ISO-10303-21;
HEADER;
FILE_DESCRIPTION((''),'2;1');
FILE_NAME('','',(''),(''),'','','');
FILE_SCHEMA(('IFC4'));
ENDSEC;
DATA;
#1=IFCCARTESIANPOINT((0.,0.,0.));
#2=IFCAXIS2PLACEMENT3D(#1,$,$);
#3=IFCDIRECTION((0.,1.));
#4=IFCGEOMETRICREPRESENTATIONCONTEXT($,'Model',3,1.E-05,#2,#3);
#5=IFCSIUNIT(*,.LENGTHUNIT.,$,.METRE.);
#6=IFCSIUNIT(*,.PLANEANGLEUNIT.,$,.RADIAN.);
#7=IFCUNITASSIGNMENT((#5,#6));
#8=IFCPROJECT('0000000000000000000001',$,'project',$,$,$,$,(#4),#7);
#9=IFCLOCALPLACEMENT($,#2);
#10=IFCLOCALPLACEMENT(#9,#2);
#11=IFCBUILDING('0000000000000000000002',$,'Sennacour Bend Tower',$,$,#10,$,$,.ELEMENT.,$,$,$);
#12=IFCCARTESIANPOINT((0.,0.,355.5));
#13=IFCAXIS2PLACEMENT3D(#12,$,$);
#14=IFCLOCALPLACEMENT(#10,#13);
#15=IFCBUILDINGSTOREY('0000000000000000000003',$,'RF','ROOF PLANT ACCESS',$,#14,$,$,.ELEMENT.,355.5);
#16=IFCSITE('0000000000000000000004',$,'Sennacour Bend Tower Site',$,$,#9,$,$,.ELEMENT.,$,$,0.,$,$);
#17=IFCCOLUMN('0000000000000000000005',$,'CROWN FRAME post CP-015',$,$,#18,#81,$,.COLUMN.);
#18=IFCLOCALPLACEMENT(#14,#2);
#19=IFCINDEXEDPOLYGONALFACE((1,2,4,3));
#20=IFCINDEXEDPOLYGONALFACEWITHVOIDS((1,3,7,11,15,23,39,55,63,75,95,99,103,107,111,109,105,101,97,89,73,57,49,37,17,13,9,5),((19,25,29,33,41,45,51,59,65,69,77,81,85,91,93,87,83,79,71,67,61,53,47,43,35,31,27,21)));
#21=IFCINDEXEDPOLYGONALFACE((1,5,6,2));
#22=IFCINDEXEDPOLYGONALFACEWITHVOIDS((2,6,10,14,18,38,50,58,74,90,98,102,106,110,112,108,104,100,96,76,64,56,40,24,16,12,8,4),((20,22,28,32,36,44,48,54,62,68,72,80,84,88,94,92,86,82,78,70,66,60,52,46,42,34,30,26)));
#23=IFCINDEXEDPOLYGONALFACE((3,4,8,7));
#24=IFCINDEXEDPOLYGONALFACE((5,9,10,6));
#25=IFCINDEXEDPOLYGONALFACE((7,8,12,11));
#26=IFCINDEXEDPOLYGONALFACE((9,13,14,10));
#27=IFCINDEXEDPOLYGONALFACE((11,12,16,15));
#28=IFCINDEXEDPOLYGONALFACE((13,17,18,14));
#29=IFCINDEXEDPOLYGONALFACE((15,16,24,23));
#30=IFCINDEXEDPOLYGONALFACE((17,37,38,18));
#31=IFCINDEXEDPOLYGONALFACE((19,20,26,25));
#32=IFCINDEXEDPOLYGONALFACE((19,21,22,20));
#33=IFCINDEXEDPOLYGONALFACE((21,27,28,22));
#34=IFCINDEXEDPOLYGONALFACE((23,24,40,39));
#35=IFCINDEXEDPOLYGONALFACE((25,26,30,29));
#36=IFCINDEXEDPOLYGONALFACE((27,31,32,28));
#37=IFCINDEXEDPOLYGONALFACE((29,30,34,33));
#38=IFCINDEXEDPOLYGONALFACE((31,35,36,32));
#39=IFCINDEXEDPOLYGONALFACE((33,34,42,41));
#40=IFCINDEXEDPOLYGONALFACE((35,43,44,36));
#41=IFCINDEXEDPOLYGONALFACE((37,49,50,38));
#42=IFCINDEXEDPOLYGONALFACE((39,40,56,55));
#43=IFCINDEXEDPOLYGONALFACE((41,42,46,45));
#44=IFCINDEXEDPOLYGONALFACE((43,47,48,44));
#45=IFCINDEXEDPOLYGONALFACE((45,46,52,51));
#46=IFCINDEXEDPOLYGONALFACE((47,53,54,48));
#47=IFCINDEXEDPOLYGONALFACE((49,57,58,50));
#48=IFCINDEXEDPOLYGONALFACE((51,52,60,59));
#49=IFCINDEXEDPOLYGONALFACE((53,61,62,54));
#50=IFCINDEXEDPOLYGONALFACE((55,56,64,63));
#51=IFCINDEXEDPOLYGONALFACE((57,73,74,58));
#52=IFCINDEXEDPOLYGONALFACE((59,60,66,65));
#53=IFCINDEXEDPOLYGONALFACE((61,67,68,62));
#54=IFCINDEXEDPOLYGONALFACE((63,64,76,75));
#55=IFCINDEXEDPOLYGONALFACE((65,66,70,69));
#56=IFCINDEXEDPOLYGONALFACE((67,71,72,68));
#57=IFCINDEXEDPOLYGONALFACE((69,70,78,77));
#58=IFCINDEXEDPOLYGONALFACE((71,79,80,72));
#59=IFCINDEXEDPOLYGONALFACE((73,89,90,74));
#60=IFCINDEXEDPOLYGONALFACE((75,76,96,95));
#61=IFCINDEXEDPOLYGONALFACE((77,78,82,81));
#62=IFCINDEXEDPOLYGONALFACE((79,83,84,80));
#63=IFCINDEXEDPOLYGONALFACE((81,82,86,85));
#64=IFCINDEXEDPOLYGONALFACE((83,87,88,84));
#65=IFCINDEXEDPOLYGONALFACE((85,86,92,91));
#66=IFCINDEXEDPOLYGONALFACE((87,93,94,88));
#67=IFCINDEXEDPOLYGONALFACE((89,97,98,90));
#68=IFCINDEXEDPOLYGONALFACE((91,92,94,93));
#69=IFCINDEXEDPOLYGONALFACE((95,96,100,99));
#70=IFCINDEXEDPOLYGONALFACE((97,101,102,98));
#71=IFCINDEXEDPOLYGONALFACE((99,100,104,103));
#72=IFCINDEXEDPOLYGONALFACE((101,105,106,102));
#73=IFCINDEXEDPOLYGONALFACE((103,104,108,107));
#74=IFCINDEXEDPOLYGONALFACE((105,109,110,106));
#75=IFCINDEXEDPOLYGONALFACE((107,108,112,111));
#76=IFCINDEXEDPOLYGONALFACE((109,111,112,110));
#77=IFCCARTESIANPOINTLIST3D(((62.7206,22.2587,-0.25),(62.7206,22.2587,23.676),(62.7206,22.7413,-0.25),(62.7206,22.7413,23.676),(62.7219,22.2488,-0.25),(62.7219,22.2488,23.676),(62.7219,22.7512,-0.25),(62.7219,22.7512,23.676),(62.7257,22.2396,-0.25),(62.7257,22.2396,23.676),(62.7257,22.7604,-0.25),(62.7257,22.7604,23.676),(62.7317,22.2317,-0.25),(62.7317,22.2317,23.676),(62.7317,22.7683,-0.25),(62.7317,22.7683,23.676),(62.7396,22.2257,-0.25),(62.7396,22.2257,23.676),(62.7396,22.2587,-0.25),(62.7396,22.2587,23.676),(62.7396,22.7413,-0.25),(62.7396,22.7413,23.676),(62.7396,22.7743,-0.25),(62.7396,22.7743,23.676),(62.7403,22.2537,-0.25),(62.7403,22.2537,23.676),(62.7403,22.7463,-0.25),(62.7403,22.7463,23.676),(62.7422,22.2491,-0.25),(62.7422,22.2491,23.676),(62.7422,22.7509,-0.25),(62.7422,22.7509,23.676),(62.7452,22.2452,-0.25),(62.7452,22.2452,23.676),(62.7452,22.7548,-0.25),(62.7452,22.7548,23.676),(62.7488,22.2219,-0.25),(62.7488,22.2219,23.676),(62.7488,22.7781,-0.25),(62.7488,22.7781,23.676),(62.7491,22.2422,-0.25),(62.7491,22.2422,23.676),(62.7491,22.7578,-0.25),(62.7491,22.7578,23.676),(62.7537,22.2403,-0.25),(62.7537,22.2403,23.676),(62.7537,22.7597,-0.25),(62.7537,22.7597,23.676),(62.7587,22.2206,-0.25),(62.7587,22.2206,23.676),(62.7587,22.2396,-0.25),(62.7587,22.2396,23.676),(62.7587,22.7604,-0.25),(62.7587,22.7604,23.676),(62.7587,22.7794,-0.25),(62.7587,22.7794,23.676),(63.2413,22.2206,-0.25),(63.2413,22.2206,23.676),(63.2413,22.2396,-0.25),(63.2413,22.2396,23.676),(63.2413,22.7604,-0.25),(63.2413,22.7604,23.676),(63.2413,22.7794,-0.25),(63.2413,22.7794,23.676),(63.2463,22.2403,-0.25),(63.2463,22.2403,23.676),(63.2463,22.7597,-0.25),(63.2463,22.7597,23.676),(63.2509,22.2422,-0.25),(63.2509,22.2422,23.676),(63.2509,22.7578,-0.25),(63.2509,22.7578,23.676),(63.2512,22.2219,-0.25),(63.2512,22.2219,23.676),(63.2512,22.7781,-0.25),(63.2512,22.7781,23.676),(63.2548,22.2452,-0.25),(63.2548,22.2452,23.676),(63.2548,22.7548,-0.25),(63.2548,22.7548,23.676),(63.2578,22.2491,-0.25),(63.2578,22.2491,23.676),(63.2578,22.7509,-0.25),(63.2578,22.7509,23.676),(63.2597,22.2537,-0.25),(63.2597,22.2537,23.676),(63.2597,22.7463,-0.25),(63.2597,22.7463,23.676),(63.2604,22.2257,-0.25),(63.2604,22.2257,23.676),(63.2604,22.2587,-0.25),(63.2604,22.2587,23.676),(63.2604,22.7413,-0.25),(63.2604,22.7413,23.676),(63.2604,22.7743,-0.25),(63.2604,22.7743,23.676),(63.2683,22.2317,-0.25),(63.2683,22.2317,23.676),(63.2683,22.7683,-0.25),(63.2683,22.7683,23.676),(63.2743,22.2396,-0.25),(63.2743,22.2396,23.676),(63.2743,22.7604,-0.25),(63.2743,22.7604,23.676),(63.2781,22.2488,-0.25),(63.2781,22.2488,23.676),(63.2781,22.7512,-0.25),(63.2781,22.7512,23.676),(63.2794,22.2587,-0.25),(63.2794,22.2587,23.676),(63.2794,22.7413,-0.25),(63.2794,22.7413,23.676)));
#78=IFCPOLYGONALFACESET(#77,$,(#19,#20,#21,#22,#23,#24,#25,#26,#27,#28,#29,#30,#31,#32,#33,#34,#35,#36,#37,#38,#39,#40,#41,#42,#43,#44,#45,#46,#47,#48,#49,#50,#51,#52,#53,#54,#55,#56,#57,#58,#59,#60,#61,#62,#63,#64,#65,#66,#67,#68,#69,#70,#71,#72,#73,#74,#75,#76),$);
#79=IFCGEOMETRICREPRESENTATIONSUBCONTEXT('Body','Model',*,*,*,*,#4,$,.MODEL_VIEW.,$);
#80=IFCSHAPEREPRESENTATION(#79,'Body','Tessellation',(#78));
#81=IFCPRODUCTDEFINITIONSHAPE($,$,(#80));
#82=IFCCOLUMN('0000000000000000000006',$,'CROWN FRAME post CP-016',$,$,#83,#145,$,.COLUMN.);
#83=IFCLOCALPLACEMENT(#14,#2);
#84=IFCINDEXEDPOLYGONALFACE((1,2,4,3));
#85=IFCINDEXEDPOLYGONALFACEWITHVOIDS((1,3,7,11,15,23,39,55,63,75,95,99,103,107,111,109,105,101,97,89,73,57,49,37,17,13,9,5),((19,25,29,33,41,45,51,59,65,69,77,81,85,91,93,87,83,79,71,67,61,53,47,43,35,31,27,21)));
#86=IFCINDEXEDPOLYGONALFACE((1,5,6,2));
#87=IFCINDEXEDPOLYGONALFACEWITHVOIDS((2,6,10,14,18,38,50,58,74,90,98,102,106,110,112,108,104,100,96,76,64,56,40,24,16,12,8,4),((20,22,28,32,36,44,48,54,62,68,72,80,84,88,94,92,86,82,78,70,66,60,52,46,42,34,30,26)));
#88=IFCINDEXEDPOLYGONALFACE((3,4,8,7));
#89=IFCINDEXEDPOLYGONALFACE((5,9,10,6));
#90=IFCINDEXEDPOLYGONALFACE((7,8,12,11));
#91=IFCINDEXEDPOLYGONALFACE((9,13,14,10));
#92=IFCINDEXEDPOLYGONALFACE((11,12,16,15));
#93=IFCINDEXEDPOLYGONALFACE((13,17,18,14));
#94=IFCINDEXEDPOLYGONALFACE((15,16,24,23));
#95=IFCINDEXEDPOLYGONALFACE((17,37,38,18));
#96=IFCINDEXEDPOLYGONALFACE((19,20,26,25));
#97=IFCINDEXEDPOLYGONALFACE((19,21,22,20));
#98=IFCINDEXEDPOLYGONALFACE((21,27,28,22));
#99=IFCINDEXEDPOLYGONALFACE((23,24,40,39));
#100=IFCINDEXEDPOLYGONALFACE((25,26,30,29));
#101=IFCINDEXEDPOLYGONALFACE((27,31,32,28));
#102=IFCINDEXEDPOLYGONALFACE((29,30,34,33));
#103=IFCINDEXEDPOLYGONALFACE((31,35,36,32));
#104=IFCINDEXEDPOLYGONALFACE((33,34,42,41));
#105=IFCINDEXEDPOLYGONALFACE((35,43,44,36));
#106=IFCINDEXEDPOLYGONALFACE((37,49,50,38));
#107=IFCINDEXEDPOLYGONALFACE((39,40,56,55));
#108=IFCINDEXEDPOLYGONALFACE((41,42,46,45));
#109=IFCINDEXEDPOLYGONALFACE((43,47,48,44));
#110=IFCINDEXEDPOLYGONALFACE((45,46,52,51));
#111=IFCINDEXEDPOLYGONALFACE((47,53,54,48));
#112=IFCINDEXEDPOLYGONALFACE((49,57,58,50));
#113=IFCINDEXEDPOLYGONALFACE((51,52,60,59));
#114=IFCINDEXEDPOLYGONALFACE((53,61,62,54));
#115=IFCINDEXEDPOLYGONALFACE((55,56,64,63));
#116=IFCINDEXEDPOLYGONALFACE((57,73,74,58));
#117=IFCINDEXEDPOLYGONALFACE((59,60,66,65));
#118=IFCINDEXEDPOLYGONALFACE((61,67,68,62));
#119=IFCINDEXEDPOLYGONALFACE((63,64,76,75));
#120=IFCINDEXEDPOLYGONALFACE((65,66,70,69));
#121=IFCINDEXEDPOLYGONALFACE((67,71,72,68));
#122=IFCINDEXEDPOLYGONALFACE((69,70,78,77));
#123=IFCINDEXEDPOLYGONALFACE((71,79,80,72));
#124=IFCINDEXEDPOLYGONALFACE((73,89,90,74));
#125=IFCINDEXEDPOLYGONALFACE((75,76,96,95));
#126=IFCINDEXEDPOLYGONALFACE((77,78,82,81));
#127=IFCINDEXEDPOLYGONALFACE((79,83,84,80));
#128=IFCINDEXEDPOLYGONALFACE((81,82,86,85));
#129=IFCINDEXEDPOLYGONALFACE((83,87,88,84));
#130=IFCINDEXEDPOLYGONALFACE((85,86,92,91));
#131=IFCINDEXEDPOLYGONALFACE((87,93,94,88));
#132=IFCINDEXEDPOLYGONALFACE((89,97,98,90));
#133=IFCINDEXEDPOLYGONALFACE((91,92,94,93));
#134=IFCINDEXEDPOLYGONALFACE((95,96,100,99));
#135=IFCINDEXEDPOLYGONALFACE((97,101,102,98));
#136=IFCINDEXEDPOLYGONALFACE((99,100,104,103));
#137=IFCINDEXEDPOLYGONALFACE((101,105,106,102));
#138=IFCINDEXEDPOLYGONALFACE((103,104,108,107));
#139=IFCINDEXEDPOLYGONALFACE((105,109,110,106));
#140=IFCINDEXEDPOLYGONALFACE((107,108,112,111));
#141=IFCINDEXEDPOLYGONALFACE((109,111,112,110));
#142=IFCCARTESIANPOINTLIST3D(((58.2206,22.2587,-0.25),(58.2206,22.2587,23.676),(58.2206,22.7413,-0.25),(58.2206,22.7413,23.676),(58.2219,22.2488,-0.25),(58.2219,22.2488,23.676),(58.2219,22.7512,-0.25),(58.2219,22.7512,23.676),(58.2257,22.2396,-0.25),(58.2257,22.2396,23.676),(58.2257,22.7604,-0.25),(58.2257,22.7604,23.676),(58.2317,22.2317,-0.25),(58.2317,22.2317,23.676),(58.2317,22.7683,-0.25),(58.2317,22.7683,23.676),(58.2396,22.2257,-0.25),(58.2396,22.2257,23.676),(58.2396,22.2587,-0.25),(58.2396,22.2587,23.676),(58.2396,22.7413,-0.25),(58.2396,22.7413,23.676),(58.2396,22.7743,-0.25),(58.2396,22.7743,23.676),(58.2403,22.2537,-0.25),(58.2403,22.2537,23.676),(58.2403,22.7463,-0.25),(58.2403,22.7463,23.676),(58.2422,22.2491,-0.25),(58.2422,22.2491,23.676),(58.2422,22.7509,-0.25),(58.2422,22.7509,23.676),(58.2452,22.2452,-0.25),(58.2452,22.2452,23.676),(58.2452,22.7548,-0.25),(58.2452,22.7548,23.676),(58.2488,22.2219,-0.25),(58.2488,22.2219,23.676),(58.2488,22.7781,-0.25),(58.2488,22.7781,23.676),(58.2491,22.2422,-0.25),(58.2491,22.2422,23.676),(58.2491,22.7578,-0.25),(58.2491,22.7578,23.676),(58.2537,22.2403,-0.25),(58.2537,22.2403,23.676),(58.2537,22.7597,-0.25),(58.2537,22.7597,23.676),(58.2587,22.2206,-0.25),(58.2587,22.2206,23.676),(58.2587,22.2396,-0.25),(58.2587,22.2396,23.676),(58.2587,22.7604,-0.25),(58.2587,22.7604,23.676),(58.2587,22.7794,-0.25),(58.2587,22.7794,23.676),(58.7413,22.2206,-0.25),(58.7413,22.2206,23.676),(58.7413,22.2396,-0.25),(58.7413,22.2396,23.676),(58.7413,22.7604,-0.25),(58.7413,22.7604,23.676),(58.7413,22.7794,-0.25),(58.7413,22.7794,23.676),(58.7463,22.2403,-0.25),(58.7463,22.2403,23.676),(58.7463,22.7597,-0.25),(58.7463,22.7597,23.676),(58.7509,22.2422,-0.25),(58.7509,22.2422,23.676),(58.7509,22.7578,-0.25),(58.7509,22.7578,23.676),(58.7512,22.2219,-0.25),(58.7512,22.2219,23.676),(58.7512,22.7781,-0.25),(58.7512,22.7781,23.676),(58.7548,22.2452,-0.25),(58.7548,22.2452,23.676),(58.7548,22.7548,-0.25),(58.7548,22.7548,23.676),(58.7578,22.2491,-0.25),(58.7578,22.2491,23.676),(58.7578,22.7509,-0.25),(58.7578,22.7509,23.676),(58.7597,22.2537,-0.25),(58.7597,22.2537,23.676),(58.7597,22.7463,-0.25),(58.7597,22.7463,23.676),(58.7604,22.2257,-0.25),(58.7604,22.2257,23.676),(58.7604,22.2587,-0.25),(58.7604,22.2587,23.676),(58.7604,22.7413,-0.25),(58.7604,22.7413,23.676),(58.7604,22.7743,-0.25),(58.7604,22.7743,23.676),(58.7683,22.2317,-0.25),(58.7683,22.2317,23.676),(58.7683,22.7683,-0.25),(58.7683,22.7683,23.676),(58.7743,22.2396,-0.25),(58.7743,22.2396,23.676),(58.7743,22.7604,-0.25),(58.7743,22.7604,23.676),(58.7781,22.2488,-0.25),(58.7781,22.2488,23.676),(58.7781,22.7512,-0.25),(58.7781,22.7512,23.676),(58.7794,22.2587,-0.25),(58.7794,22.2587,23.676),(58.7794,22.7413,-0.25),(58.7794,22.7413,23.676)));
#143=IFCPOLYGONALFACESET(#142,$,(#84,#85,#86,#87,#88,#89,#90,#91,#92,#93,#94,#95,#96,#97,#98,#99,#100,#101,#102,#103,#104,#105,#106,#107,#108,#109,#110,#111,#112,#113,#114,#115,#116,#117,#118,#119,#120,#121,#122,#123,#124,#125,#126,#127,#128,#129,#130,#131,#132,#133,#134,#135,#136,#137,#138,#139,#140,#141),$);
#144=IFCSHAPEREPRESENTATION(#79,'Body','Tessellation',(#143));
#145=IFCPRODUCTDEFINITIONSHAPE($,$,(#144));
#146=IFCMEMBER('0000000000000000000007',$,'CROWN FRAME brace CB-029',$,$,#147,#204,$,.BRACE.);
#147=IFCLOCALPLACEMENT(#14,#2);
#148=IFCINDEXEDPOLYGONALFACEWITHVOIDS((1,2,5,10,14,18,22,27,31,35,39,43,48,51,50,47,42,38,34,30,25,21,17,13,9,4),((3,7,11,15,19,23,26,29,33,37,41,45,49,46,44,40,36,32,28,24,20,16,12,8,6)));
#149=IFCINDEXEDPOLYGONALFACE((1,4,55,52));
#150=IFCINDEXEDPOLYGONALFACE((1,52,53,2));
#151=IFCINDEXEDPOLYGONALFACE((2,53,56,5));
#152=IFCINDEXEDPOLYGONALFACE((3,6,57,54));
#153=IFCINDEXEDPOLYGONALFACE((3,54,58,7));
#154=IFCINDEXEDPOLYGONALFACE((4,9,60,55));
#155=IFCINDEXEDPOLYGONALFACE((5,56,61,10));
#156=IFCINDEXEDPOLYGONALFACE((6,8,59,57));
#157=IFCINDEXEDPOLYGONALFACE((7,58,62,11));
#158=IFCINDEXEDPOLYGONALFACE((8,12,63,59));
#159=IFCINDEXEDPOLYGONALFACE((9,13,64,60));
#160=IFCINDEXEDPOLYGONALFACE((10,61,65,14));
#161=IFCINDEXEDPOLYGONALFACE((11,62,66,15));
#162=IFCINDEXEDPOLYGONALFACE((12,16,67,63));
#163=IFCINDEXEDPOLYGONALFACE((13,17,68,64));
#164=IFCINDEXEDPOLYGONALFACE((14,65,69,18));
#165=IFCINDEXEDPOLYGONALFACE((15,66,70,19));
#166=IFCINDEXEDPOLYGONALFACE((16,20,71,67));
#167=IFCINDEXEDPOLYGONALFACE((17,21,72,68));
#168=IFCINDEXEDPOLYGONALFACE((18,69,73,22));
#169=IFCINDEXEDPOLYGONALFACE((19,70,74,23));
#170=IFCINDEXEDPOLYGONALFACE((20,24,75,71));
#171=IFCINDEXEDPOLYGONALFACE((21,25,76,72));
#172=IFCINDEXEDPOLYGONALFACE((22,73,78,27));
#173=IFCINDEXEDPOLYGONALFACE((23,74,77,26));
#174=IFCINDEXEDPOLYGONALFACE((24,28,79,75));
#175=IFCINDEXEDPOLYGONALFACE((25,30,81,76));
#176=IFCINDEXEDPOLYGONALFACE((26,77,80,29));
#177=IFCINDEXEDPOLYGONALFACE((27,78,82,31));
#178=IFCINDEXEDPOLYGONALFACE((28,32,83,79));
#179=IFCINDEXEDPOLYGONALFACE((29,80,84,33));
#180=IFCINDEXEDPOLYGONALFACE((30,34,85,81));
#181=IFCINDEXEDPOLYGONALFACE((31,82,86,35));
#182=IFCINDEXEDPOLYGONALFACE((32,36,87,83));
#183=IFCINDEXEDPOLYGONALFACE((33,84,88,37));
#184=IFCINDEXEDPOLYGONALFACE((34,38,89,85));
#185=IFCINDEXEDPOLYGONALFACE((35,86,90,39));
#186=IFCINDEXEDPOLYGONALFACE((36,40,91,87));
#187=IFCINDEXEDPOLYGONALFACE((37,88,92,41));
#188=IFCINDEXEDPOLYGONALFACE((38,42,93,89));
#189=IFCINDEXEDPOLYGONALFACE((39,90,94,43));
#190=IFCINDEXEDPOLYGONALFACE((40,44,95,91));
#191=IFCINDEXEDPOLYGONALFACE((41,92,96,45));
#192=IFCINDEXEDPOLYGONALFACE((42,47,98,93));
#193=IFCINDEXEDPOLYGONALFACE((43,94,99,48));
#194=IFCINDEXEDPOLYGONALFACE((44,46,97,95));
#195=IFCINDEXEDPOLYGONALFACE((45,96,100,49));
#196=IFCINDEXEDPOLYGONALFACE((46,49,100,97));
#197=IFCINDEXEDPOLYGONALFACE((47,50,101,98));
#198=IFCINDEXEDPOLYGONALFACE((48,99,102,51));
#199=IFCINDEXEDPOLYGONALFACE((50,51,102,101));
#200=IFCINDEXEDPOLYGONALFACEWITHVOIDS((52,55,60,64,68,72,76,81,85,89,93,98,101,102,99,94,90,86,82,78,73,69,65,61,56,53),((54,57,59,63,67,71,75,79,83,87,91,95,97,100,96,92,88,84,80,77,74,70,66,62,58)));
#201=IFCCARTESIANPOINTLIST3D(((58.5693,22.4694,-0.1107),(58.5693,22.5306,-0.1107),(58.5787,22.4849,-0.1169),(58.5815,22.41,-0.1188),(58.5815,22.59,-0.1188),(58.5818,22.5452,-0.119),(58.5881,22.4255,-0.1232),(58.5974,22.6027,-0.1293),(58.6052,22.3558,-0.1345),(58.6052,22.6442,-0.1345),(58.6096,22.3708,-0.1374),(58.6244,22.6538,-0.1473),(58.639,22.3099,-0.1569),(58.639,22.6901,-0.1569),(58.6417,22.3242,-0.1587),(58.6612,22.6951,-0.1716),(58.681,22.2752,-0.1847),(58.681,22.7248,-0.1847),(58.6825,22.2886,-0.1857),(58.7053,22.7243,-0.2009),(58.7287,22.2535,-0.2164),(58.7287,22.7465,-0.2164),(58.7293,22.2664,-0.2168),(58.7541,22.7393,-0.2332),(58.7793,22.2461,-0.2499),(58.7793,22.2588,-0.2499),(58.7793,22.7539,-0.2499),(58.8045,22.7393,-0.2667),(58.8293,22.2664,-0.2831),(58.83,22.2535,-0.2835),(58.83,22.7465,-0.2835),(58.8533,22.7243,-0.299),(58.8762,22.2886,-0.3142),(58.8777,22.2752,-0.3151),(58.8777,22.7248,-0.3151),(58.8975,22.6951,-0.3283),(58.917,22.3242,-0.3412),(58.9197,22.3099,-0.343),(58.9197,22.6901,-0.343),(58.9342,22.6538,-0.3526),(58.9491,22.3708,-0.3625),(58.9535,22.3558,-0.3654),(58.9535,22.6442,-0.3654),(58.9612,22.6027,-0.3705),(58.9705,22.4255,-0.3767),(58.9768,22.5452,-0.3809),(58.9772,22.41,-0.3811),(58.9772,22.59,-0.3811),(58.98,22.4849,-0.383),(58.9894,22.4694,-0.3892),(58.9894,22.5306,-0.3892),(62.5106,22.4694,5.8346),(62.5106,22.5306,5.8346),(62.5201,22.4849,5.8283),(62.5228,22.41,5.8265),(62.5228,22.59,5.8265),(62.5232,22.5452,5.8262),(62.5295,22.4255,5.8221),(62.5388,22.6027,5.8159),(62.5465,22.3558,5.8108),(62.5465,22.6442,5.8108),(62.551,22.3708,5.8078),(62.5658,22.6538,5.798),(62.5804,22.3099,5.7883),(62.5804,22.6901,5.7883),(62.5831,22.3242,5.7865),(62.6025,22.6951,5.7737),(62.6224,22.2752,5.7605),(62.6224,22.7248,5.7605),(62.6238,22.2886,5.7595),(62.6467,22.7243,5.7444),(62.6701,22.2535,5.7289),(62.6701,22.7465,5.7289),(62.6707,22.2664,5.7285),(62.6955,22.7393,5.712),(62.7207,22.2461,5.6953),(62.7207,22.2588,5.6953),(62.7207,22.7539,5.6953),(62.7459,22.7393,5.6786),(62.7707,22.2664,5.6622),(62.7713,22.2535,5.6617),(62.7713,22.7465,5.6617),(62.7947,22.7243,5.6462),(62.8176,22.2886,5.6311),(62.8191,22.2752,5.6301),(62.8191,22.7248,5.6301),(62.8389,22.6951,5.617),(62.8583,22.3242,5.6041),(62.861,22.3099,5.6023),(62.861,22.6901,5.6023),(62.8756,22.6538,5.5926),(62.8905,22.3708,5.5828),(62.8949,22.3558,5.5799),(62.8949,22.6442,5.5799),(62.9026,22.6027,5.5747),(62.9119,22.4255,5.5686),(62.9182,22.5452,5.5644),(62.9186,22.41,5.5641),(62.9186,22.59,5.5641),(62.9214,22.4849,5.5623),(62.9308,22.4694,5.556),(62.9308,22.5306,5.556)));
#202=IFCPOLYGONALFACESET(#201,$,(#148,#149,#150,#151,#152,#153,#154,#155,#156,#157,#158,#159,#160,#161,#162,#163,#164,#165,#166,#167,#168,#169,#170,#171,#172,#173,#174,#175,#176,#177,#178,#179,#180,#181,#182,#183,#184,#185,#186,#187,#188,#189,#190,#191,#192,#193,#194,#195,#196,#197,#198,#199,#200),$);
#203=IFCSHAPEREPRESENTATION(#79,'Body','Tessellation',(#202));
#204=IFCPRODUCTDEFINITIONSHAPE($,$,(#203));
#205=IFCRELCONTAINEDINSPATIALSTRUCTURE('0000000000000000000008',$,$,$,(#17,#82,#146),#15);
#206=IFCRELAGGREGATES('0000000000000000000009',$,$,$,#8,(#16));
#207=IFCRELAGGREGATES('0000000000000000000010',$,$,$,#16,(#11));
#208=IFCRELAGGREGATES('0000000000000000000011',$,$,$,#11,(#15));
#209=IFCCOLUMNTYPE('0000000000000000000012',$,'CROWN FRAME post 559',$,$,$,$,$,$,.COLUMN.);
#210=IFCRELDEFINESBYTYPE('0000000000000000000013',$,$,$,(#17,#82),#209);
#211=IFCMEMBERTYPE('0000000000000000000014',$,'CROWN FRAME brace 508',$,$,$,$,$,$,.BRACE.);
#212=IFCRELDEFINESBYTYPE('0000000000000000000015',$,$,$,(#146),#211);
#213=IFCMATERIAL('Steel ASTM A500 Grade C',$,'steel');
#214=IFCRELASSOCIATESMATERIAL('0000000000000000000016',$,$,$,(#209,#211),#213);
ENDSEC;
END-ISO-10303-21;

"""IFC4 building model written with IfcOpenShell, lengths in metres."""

from ifc_helpers import new_model, si_unit, direction, frame, origin, origin_2d, place, context, subcontext, project, spatial, hollow_rectangle, hollow_circle, extrude, material, material_profile, profile_set, type_object, element, save


model = new_model("IFC4")

# Units and contexts
model_context = context("Model", 3, precision=1e-05, world=origin(), true_north=direction((0.0, 1.0)))
body_context = subcontext(model_context, "Body", "Model", "MODEL_VIEW")
ifc_project = project(units=[si_unit("LENGTHUNIT", "METRE"), si_unit("PLANEANGLEUNIT", "RADIAN")], contexts=[model_context])

# Site, building, storey
site_placement = place(None, origin())
site = spatial("IfcSite", under=ifc_project, at=site_placement, Name="Sennacour Bend Tower Site", CompositionType="ELEMENT", RefElevation=0.0)
building_placement = place(site_placement, origin())
building = spatial("IfcBuilding", under=site, at=building_placement, Name="Sennacour Bend Tower", CompositionType="ELEMENT")
storey_placement = place(building_placement, frame((0.0, 0.0, 355.5)))
storey = spatial("IfcBuildingStorey", under=building, at=storey_placement, Name="RF", Description="ROOF PLANT ACCESS", CompositionType="ELEMENT", Elevation=355.5)

# Columns
ifc_material_1 = material(Name="Steel ASTM A500 Grade C", Category="steel")
ifc_material_profile_1 = material_profile(ifc_material_1, hollow_rectangle(XDim=0.5588, YDim=0.5588, WallThickness=0.019, InnerFilletRadius=0.019, OuterFilletRadius=0.0381, at=origin_2d()), Name="Steel ASTM A500 Grade C", Category="steel")
ifc_profile_set_1 = profile_set([ifc_material_profile_1], Name="Steel ASTM A500 Grade C")
column_type = type_object("IfcColumnType", Name="CROWN FRAME post 559", PredefinedType="COLUMN", material=ifc_profile_set_1)
for number, where, z_axis, x_axis, name in (
    (1, (63.0, 22.5, -0.25), (0.0, 0.0, 1.0), (1.0, 0.0, 0.0), "CROWN FRAME post CP-015"),
    (2, (58.5, 22.5, -0.25), (0.0, 0.0, 1.0), (1.0, 0.0, 0.0), "CROWN FRAME post CP-016"),
):
    element("IfcColumn", number, at=place(storey_placement, frame(where, z_axis=z_axis, x_axis=x_axis)), inside=storey, type_object=column_type, Name=name, PredefinedType="COLUMN", context=body_context, shape_type="SweptSolid", body=[
        extrude(hollow_rectangle(XDim=0.5588, YDim=0.5588, WallThickness=0.019, InnerFilletRadius=0.019, OuterFilletRadius=0.0381, at=origin_2d()), origin(), (0.0, 0.0, 1.0), 23.926),
    ])

# Member
ifc_material_profile_2 = material_profile(ifc_material_1, hollow_circle(Radius=0.2539, WallThickness=0.0127, at=origin_2d()), Name="Steel ASTM A500 Grade C", Category="steel")
ifc_profile_set_2 = profile_set([ifc_material_profile_2], Name="Steel ASTM A500 Grade C")
member_type_1 = type_object("IfcMemberType", Name="CROWN FRAME brace 508", PredefinedType="BRACE", material=ifc_profile_set_2)
member_1_placement = place(storey_placement, frame((62.7207, 22.5, 5.6953), z_axis=(-0.55255, 0.0, -0.83348), x_axis=(0.0, -1.0, 0.0)))
element("IfcMember", 3, at=member_1_placement, inside=storey, type_object=member_type_1, Name="CROWN FRAME brace CB-029", PredefinedType="BRACE", context=body_context, shape_type="SweptSolid", body=[
    extrude(hollow_circle(Radius=0.2539, WallThickness=0.0127, at=origin_2d()), origin(), (0.0, 0.0, 1.0), 7.1331),
])

save(model, "model.ifc")
